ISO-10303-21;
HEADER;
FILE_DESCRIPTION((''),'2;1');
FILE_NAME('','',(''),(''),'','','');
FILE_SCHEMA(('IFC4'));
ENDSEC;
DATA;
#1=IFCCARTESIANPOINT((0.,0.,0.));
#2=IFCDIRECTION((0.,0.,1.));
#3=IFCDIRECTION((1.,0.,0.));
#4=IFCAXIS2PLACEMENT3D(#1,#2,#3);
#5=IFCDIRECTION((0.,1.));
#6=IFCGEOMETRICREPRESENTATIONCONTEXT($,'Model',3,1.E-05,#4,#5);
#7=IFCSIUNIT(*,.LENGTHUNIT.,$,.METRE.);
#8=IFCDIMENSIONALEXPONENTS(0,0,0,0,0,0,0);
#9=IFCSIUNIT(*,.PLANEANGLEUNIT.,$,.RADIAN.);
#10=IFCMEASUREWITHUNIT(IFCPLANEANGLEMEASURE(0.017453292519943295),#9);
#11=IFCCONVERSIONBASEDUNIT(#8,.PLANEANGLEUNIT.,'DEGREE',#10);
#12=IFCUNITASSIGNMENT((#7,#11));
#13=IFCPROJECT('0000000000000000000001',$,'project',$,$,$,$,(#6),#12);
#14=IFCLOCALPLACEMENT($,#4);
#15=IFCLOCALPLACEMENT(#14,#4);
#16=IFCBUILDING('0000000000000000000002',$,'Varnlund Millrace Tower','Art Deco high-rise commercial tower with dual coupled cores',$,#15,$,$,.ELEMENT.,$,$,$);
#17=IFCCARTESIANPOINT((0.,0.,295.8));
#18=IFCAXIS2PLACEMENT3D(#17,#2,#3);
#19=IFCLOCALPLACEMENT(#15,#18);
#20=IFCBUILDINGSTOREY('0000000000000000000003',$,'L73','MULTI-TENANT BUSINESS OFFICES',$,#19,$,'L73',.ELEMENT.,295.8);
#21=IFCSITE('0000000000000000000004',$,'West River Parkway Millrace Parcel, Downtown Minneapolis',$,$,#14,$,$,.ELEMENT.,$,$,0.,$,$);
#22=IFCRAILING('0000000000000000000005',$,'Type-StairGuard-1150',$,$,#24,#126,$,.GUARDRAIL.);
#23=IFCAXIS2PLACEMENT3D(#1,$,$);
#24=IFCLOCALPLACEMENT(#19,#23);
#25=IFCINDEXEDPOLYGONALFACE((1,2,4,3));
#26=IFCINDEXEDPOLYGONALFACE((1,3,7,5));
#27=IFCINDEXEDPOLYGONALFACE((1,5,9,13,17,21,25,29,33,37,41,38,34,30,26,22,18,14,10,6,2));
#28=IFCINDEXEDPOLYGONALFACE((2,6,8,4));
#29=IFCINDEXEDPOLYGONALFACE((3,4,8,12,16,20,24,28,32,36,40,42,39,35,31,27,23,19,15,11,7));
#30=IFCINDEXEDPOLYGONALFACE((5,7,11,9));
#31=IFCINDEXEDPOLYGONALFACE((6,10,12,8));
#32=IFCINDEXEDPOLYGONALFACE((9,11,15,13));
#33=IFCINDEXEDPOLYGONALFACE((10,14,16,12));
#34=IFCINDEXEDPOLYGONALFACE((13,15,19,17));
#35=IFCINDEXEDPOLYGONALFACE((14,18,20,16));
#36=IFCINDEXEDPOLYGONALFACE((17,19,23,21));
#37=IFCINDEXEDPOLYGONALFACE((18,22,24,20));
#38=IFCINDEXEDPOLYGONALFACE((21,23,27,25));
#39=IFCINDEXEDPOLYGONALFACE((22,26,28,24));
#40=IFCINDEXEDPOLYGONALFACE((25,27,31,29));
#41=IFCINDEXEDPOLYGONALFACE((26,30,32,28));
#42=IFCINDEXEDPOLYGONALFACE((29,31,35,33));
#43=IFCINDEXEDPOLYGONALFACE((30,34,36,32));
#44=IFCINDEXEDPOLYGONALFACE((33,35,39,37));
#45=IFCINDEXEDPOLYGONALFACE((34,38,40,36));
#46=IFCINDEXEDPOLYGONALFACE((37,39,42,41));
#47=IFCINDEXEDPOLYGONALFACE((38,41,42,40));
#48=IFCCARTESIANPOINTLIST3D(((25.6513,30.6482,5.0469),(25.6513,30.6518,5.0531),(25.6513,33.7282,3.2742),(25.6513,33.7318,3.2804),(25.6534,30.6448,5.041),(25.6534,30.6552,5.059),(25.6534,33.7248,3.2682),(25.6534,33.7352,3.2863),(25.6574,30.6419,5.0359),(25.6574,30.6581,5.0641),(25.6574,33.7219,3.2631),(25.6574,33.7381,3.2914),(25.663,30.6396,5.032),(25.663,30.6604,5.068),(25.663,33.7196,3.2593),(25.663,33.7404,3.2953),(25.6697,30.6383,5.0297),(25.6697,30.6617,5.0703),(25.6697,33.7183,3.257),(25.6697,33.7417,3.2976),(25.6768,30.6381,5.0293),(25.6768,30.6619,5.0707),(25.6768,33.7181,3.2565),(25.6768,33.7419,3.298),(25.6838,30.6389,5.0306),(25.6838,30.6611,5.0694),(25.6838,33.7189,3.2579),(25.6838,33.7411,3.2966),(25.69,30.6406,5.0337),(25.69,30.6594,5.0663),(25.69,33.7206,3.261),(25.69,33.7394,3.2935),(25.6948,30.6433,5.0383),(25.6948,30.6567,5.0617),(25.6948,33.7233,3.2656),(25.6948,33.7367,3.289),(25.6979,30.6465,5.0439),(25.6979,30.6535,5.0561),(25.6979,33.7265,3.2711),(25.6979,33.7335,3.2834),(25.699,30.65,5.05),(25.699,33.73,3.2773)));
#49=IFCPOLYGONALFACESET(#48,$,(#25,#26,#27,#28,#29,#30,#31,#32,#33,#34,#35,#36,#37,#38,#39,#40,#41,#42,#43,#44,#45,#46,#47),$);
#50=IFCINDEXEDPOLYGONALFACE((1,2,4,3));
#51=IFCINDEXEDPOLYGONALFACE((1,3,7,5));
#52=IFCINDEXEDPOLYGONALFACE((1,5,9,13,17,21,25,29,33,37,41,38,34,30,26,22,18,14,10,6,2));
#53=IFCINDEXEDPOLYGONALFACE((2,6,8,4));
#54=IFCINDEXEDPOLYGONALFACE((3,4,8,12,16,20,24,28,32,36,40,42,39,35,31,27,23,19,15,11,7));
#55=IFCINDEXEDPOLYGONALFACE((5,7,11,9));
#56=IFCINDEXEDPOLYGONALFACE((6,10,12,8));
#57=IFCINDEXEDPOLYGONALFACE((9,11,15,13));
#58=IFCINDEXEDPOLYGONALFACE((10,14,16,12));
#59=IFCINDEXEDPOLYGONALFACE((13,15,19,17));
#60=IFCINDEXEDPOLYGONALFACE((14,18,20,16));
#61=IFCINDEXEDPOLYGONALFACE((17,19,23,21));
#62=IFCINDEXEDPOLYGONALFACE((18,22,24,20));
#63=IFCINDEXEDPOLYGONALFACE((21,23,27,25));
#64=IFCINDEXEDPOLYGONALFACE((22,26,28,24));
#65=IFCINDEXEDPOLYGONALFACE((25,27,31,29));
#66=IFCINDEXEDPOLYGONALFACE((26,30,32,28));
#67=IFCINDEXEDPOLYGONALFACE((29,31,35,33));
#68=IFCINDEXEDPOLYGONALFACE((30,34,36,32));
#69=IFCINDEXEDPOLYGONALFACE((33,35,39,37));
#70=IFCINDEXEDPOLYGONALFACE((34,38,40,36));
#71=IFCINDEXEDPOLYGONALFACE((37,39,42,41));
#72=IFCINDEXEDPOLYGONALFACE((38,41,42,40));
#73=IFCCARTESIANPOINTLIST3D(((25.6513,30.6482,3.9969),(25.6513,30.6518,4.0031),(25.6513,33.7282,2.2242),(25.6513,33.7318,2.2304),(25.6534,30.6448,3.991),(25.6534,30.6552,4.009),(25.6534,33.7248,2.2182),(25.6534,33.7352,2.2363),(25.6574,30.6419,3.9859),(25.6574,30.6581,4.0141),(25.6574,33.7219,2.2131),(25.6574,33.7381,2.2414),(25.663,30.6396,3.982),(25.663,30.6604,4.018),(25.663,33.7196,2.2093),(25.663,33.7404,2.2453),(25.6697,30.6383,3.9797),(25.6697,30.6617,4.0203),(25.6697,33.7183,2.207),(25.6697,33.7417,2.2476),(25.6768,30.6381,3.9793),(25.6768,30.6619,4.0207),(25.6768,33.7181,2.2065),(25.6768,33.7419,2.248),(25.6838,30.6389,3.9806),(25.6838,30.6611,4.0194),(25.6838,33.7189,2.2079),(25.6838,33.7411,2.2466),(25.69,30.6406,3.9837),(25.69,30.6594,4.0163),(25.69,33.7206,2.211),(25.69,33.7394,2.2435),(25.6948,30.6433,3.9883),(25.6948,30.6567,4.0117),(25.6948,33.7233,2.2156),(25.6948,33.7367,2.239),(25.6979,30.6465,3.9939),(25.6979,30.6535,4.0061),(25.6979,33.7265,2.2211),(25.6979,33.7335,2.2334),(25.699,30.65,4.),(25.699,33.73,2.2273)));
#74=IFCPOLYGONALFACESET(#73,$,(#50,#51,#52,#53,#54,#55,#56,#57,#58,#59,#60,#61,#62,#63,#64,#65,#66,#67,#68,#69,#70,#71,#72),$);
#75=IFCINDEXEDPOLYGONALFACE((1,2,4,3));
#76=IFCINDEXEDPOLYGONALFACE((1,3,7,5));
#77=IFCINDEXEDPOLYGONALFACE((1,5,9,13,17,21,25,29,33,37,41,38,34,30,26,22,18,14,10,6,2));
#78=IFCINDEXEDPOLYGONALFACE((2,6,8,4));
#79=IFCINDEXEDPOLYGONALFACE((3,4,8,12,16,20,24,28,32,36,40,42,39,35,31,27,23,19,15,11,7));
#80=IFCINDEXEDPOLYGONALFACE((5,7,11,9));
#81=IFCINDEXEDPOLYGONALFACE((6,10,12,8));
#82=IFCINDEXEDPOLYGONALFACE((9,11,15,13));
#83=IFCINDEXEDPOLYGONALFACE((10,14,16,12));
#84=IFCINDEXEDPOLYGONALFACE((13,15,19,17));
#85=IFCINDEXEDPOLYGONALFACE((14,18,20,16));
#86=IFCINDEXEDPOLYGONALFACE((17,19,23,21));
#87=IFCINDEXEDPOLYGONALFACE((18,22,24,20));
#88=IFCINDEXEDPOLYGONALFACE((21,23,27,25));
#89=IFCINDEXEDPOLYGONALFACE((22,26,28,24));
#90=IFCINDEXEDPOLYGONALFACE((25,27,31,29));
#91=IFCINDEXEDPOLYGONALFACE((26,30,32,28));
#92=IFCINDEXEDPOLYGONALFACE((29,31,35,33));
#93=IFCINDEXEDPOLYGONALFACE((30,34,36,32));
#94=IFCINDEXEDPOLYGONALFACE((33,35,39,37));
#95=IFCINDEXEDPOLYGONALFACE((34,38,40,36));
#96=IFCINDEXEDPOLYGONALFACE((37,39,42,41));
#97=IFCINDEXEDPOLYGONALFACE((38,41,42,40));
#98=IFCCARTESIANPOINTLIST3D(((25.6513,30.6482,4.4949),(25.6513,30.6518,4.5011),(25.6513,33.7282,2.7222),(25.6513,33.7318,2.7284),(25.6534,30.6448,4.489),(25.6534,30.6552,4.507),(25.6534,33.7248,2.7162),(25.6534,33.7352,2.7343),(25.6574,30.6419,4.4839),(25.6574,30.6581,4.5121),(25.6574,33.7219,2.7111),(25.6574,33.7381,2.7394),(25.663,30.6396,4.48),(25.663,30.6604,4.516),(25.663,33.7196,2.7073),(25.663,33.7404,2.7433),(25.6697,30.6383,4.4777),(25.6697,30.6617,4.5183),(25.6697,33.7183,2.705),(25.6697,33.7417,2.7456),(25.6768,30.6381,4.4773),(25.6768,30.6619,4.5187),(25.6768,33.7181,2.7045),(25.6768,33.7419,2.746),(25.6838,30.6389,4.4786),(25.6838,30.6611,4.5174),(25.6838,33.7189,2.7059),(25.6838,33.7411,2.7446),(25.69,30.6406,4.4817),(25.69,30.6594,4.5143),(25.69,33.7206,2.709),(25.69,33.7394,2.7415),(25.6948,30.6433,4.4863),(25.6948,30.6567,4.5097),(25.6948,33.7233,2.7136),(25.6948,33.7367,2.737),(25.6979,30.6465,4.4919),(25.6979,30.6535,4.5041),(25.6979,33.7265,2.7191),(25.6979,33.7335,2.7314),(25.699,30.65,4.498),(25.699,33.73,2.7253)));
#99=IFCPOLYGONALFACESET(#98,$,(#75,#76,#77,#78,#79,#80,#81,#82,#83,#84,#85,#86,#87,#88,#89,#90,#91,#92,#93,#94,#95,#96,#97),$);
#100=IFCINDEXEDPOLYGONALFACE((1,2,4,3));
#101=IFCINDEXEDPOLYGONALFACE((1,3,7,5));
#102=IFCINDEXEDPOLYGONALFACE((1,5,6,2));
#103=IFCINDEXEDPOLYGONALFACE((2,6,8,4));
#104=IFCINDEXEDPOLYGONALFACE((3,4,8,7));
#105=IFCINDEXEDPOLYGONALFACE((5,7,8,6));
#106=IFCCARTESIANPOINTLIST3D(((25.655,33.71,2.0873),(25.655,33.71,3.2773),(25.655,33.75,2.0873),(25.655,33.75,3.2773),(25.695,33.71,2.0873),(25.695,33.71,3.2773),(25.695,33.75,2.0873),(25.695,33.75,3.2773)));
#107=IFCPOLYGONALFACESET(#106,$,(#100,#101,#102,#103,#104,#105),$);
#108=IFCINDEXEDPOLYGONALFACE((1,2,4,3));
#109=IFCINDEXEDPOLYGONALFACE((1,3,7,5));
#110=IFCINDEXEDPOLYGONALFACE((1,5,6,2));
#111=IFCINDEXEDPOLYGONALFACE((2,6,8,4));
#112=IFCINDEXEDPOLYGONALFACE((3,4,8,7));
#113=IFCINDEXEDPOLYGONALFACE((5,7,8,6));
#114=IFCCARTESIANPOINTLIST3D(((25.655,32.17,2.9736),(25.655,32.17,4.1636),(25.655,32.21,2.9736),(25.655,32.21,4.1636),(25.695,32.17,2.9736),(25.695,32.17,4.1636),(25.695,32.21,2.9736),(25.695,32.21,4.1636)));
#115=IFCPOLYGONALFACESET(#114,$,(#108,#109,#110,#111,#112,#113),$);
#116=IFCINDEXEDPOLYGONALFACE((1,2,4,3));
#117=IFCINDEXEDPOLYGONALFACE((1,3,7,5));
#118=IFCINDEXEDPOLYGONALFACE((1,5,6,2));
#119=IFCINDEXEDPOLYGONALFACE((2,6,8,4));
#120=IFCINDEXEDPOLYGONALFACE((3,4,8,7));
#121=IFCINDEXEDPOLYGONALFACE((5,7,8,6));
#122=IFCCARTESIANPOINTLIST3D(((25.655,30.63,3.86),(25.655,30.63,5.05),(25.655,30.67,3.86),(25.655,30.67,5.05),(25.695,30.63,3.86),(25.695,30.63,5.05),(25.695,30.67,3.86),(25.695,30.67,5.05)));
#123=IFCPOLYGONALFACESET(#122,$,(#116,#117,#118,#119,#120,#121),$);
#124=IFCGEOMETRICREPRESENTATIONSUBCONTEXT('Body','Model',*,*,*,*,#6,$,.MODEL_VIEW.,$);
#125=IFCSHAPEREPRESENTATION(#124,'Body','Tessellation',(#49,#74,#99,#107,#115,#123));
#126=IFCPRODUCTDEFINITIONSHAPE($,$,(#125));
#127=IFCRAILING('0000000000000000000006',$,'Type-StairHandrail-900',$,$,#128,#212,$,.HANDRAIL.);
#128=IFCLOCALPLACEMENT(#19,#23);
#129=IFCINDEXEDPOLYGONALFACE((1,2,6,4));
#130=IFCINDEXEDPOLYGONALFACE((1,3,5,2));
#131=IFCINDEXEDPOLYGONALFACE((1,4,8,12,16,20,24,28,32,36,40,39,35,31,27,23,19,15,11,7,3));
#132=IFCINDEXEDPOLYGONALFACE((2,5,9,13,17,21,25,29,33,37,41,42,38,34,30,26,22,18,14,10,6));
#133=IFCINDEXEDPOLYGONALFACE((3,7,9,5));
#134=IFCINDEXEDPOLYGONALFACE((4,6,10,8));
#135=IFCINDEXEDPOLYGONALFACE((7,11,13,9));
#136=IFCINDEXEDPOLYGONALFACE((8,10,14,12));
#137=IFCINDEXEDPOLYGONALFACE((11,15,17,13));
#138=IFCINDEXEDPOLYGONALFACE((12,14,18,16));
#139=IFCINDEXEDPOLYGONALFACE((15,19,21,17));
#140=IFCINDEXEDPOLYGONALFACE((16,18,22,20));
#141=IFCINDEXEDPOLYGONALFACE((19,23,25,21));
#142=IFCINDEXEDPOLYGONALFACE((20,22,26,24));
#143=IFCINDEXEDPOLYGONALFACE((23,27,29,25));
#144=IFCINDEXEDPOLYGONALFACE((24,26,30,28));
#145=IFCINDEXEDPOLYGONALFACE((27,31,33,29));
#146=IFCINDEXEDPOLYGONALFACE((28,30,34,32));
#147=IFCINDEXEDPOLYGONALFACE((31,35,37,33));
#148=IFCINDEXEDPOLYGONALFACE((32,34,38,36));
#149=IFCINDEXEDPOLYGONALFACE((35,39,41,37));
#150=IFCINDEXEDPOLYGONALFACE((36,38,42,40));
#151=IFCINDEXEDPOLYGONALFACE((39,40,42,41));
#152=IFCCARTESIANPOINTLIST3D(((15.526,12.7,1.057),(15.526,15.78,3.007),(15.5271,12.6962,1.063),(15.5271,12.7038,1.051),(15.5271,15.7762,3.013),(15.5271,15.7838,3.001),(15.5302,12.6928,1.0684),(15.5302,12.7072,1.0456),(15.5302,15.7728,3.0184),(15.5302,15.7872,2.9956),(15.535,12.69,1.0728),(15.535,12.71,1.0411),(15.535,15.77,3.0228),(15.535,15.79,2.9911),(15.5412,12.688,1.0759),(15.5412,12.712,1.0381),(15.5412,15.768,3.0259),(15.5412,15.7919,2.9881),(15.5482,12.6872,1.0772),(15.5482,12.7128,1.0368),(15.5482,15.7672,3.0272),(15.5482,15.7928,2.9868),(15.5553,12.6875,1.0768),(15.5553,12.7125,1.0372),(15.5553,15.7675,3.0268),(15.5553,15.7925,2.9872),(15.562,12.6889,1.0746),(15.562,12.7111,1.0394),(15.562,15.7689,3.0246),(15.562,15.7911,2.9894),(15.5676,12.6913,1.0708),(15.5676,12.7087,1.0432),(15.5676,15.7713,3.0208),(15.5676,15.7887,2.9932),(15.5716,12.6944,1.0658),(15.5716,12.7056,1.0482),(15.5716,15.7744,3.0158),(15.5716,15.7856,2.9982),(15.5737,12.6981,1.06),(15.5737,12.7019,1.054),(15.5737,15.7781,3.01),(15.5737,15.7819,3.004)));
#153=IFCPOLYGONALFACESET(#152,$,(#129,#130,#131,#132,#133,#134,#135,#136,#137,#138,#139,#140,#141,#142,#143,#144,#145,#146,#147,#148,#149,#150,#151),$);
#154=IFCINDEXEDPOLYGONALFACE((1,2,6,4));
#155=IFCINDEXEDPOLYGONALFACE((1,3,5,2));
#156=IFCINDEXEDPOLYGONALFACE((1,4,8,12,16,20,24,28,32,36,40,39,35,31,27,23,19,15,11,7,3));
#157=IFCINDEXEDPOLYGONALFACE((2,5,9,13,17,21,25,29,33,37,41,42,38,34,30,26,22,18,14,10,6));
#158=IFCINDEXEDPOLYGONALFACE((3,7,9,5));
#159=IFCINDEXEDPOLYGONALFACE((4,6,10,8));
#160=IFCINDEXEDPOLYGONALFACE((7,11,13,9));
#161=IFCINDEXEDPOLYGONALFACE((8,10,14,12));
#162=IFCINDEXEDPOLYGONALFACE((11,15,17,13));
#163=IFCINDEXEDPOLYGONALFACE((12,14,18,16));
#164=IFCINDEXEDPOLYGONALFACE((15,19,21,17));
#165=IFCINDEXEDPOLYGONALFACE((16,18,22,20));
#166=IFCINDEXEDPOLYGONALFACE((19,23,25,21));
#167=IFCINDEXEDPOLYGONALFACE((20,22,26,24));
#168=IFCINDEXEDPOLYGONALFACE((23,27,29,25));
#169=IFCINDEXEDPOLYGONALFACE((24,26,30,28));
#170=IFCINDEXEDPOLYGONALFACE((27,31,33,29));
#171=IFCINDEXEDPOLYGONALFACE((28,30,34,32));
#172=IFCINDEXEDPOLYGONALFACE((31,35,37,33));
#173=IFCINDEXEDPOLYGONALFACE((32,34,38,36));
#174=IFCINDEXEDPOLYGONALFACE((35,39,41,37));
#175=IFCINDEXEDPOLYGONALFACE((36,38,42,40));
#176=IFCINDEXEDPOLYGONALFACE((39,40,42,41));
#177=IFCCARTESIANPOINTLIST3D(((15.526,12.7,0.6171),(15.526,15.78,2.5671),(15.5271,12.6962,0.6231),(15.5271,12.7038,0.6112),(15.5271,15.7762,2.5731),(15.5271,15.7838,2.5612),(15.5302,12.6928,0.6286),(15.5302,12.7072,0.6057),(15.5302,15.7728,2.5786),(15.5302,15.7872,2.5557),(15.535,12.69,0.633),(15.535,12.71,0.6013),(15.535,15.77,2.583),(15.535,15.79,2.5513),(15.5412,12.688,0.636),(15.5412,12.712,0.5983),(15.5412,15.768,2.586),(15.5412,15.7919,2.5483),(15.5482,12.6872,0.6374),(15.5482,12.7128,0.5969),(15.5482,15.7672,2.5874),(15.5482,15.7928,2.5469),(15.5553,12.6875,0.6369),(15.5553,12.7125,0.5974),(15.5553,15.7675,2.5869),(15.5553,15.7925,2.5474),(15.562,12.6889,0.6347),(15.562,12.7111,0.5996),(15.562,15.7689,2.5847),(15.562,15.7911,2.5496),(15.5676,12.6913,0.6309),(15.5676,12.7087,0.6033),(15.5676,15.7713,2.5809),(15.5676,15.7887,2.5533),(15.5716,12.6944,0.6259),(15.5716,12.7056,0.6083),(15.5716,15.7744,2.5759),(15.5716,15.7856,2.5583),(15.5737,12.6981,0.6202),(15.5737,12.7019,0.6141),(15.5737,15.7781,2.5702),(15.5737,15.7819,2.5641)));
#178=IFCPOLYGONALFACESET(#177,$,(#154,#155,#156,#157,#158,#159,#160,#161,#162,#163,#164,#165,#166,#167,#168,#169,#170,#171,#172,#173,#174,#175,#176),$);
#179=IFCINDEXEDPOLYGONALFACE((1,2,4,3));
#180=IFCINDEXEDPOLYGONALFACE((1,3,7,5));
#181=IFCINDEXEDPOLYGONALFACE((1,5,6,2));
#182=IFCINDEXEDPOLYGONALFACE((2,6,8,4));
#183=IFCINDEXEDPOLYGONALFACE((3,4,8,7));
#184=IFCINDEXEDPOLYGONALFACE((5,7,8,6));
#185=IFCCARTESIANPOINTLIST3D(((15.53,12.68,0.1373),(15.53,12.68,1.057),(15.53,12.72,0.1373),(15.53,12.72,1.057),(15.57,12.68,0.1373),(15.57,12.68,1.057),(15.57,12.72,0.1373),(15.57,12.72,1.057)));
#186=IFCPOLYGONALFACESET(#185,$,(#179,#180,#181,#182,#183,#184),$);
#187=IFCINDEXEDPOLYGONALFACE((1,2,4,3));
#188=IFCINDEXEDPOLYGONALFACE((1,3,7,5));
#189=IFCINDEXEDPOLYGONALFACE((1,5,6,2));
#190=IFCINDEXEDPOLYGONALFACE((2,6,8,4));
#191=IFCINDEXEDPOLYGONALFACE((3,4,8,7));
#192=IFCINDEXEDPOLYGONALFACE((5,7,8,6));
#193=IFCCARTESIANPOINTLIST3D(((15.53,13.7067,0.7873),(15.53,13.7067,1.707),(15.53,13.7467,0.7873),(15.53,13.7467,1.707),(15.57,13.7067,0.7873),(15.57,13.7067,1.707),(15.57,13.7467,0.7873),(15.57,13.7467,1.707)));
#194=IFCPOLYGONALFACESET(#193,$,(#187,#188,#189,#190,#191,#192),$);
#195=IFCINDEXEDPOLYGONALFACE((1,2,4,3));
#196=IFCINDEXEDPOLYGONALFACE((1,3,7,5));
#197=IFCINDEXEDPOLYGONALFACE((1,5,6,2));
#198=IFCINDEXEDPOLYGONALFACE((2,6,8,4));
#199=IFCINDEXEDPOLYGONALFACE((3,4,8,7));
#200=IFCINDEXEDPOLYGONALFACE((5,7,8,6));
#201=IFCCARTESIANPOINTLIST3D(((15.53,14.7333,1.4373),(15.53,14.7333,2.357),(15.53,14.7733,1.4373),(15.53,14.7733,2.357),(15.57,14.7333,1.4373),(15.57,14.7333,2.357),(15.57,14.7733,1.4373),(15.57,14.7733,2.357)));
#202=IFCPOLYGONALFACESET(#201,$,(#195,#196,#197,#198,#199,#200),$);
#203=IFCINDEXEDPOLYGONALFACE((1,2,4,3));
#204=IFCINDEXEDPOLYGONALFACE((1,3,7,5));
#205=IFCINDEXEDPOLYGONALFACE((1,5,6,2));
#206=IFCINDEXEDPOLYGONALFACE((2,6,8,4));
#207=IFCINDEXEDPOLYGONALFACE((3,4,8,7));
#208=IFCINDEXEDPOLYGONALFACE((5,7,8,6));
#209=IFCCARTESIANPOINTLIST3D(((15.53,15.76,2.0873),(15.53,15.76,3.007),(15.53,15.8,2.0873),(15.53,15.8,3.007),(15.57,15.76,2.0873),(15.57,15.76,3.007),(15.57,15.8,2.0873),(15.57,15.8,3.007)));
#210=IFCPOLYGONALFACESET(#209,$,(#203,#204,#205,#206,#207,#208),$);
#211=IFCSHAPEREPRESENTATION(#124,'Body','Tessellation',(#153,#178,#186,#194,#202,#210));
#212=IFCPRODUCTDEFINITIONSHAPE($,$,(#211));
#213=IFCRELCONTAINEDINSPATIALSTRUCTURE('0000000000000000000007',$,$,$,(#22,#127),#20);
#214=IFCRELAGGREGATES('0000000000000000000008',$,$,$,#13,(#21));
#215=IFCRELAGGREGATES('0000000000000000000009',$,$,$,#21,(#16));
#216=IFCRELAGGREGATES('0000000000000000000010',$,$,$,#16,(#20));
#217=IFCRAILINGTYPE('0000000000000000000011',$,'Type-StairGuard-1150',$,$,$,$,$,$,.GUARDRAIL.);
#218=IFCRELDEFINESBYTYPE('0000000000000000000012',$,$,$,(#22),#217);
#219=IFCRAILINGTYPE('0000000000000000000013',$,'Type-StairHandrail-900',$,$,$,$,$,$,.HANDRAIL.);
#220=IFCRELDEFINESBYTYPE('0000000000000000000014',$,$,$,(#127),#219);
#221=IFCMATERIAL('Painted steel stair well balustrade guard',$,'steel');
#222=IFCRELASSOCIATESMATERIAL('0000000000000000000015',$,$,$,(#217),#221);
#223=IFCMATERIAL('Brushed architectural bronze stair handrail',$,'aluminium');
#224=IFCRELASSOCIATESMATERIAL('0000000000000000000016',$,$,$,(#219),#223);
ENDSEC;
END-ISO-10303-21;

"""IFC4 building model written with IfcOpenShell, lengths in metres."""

from ifc_helpers import new_model, entity, si_unit, converted_unit, direction, frame, origin_with_axes, origin_2d_with_axis, place, context, subcontext, project, spatial, rectangle, circle, extrude, material, type_object, element, save


model = new_model("IFC4")

# Units and contexts
model_context = context("Model", 3, precision=1e-05, world=origin_with_axes(), true_north=direction((0.0, 1.0)))
body_context = subcontext(model_context, "Body", "Model", "MODEL_VIEW")
ifc_project = project(units=[si_unit("LENGTHUNIT", "METRE"), converted_unit("PLANEANGLEUNIT", "DEGREE", entity("IfcPlaneAngleMeasure", 0.017453292519943295), si_unit("PLANEANGLEUNIT", "RADIAN"), dimensions=[0, 0, 0, 0, 0, 0, 0])], contexts=[model_context])

# Site, building, storey
site_placement = place(None, origin_with_axes())
site = spatial("IfcSite", under=ifc_project, at=site_placement, Name="West River Parkway Millrace Parcel, Downtown Minneapolis", CompositionType="ELEMENT", RefElevation=0.0)
building_placement = place(site_placement, origin_with_axes())
building = spatial("IfcBuilding", under=site, at=building_placement, Name="Varnlund Millrace Tower", Description="Art Deco high-rise commercial tower with dual coupled cores", CompositionType="ELEMENT")
storey_placement = place(building_placement, frame((0.0, 0.0, 295.8), z_axis=(0.0, 0.0, 1.0), x_axis=(1.0, 0.0, 0.0)))
storey = spatial("IfcBuildingStorey", under=building, at=storey_placement, Name="L73", Description="MULTI-TENANT BUSINESS OFFICES", LongName="L73", CompositionType="ELEMENT", Elevation=295.8)

# Railings
ifc_material_1 = material(Name="Painted steel stair well balustrade guard", Category="steel")
railing_type_1 = type_object("IfcRailingType", Name="Type-StairGuard-1150", PredefinedType="GUARDRAIL", material=ifc_material_1)
railing_1_placement = place(storey_placement, frame((0.0, 0.0, -295.8), z_axis=(0.0, 0.0, 1.0), x_axis=(1.0, 0.0, 0.0)))
element("IfcRailing", 1, at=railing_1_placement, inside=storey, type_object=railing_type_1, Name="Type-StairGuard-1150", PredefinedType="GUARDRAIL", context=body_context, shape_type="SweptSolid", body=[
    extrude(circle(Radius=0.024, at=origin_2d_with_axis()), frame((25.675, 33.73, 299.0773), z_axis=(0.0, -0.866696, 0.498836), x_axis=(1.0, 0.0, 0.0)), (0.0, 0.0, 1.0), 3.5537),
    extrude(circle(Radius=0.024, at=origin_2d_with_axis()), frame((25.675, 33.73, 298.0273), z_axis=(0.0, -0.866696, 0.498836), x_axis=(1.0, 0.0, 0.0)), (0.0, 0.0, 1.0), 3.5537),
    extrude(circle(Radius=0.024, at=origin_2d_with_axis()), frame((25.675, 33.73, 298.5253), z_axis=(0.0, -0.866696, 0.498836), x_axis=(1.0, 0.0, 0.0)), (0.0, 0.0, 1.0), 3.5537),
    extrude(rectangle(XDim=0.04, YDim=0.04, at=origin_2d_with_axis()), frame((25.675, 33.73, 297.8873), z_axis=(0.0, 0.0, 1.0), x_axis=(1.0, 0.0, 0.0)), (0.0, 0.0, 1.0), 1.19),
    extrude(rectangle(XDim=0.04, YDim=0.04, at=origin_2d_with_axis()), frame((25.675, 32.19, 298.7736), z_axis=(0.0, 0.0, 1.0), x_axis=(1.0, 0.0, 0.0)), (0.0, 0.0, 1.0), 1.19),
    extrude(rectangle(XDim=0.04, YDim=0.04, at=origin_2d_with_axis()), frame((25.675, 30.65, 299.66), z_axis=(0.0, 0.0, 1.0), x_axis=(1.0, 0.0, 0.0)), (0.0, 0.0, 1.0), 1.19),
])
ifc_material_2 = material(Name="Brushed architectural bronze stair handrail", Category="aluminium")
railing_type_2 = type_object("IfcRailingType", Name="Type-StairHandrail-900", PredefinedType="HANDRAIL", material=ifc_material_2)
railing_2_placement = place(storey_placement, frame((0.0, 0.0, -295.8), z_axis=(0.0, 0.0, 1.0), x_axis=(1.0, 0.0, 0.0)))
element("IfcRailing", 2, at=railing_2_placement, inside=storey, type_object=railing_type_2, Name="Type-StairHandrail-900", PredefinedType="HANDRAIL", context=body_context, shape_type="SweptSolid", body=[
    extrude(circle(Radius=0.024, at=origin_2d_with_axis()), frame((15.55, 12.7, 296.857), z_axis=(0.0, 0.844902, 0.534922), x_axis=(-1.0, 0.0, 0.0)), (0.0, 0.0, 1.0), 3.6454),
    extrude(circle(Radius=0.024, at=origin_2d_with_axis()), frame((15.55, 12.7, 296.4171), z_axis=(0.0, 0.844902, 0.534922), x_axis=(-1.0, 0.0, 0.0)), (0.0, 0.0, 1.0), 3.6454),
    extrude(rectangle(XDim=0.04, YDim=0.04, at=origin_2d_with_axis()), frame((15.55, 12.7, 295.9373), z_axis=(0.0, 0.0, 1.0), x_axis=(1.0, 0.0, 0.0)), (0.0, 0.0, 1.0), 0.9197),
    extrude(rectangle(XDim=0.04, YDim=0.04, at=origin_2d_with_axis()), frame((15.55, 13.7267, 296.5873), z_axis=(0.0, 0.0, 1.0), x_axis=(1.0, 0.0, 0.0)), (0.0, 0.0, 1.0), 0.9197),
    extrude(rectangle(XDim=0.04, YDim=0.04, at=origin_2d_with_axis()), frame((15.55, 14.7533, 297.2373), z_axis=(0.0, 0.0, 1.0), x_axis=(1.0, 0.0, 0.0)), (0.0, 0.0, 1.0), 0.9197),
    extrude(rectangle(XDim=0.04, YDim=0.04, at=origin_2d_with_axis()), frame((15.55, 15.78, 297.8873), z_axis=(0.0, 0.0, 1.0), x_axis=(1.0, 0.0, 0.0)), (0.0, 0.0, 1.0), 0.9197),
])

save(model, "model.ifc")
